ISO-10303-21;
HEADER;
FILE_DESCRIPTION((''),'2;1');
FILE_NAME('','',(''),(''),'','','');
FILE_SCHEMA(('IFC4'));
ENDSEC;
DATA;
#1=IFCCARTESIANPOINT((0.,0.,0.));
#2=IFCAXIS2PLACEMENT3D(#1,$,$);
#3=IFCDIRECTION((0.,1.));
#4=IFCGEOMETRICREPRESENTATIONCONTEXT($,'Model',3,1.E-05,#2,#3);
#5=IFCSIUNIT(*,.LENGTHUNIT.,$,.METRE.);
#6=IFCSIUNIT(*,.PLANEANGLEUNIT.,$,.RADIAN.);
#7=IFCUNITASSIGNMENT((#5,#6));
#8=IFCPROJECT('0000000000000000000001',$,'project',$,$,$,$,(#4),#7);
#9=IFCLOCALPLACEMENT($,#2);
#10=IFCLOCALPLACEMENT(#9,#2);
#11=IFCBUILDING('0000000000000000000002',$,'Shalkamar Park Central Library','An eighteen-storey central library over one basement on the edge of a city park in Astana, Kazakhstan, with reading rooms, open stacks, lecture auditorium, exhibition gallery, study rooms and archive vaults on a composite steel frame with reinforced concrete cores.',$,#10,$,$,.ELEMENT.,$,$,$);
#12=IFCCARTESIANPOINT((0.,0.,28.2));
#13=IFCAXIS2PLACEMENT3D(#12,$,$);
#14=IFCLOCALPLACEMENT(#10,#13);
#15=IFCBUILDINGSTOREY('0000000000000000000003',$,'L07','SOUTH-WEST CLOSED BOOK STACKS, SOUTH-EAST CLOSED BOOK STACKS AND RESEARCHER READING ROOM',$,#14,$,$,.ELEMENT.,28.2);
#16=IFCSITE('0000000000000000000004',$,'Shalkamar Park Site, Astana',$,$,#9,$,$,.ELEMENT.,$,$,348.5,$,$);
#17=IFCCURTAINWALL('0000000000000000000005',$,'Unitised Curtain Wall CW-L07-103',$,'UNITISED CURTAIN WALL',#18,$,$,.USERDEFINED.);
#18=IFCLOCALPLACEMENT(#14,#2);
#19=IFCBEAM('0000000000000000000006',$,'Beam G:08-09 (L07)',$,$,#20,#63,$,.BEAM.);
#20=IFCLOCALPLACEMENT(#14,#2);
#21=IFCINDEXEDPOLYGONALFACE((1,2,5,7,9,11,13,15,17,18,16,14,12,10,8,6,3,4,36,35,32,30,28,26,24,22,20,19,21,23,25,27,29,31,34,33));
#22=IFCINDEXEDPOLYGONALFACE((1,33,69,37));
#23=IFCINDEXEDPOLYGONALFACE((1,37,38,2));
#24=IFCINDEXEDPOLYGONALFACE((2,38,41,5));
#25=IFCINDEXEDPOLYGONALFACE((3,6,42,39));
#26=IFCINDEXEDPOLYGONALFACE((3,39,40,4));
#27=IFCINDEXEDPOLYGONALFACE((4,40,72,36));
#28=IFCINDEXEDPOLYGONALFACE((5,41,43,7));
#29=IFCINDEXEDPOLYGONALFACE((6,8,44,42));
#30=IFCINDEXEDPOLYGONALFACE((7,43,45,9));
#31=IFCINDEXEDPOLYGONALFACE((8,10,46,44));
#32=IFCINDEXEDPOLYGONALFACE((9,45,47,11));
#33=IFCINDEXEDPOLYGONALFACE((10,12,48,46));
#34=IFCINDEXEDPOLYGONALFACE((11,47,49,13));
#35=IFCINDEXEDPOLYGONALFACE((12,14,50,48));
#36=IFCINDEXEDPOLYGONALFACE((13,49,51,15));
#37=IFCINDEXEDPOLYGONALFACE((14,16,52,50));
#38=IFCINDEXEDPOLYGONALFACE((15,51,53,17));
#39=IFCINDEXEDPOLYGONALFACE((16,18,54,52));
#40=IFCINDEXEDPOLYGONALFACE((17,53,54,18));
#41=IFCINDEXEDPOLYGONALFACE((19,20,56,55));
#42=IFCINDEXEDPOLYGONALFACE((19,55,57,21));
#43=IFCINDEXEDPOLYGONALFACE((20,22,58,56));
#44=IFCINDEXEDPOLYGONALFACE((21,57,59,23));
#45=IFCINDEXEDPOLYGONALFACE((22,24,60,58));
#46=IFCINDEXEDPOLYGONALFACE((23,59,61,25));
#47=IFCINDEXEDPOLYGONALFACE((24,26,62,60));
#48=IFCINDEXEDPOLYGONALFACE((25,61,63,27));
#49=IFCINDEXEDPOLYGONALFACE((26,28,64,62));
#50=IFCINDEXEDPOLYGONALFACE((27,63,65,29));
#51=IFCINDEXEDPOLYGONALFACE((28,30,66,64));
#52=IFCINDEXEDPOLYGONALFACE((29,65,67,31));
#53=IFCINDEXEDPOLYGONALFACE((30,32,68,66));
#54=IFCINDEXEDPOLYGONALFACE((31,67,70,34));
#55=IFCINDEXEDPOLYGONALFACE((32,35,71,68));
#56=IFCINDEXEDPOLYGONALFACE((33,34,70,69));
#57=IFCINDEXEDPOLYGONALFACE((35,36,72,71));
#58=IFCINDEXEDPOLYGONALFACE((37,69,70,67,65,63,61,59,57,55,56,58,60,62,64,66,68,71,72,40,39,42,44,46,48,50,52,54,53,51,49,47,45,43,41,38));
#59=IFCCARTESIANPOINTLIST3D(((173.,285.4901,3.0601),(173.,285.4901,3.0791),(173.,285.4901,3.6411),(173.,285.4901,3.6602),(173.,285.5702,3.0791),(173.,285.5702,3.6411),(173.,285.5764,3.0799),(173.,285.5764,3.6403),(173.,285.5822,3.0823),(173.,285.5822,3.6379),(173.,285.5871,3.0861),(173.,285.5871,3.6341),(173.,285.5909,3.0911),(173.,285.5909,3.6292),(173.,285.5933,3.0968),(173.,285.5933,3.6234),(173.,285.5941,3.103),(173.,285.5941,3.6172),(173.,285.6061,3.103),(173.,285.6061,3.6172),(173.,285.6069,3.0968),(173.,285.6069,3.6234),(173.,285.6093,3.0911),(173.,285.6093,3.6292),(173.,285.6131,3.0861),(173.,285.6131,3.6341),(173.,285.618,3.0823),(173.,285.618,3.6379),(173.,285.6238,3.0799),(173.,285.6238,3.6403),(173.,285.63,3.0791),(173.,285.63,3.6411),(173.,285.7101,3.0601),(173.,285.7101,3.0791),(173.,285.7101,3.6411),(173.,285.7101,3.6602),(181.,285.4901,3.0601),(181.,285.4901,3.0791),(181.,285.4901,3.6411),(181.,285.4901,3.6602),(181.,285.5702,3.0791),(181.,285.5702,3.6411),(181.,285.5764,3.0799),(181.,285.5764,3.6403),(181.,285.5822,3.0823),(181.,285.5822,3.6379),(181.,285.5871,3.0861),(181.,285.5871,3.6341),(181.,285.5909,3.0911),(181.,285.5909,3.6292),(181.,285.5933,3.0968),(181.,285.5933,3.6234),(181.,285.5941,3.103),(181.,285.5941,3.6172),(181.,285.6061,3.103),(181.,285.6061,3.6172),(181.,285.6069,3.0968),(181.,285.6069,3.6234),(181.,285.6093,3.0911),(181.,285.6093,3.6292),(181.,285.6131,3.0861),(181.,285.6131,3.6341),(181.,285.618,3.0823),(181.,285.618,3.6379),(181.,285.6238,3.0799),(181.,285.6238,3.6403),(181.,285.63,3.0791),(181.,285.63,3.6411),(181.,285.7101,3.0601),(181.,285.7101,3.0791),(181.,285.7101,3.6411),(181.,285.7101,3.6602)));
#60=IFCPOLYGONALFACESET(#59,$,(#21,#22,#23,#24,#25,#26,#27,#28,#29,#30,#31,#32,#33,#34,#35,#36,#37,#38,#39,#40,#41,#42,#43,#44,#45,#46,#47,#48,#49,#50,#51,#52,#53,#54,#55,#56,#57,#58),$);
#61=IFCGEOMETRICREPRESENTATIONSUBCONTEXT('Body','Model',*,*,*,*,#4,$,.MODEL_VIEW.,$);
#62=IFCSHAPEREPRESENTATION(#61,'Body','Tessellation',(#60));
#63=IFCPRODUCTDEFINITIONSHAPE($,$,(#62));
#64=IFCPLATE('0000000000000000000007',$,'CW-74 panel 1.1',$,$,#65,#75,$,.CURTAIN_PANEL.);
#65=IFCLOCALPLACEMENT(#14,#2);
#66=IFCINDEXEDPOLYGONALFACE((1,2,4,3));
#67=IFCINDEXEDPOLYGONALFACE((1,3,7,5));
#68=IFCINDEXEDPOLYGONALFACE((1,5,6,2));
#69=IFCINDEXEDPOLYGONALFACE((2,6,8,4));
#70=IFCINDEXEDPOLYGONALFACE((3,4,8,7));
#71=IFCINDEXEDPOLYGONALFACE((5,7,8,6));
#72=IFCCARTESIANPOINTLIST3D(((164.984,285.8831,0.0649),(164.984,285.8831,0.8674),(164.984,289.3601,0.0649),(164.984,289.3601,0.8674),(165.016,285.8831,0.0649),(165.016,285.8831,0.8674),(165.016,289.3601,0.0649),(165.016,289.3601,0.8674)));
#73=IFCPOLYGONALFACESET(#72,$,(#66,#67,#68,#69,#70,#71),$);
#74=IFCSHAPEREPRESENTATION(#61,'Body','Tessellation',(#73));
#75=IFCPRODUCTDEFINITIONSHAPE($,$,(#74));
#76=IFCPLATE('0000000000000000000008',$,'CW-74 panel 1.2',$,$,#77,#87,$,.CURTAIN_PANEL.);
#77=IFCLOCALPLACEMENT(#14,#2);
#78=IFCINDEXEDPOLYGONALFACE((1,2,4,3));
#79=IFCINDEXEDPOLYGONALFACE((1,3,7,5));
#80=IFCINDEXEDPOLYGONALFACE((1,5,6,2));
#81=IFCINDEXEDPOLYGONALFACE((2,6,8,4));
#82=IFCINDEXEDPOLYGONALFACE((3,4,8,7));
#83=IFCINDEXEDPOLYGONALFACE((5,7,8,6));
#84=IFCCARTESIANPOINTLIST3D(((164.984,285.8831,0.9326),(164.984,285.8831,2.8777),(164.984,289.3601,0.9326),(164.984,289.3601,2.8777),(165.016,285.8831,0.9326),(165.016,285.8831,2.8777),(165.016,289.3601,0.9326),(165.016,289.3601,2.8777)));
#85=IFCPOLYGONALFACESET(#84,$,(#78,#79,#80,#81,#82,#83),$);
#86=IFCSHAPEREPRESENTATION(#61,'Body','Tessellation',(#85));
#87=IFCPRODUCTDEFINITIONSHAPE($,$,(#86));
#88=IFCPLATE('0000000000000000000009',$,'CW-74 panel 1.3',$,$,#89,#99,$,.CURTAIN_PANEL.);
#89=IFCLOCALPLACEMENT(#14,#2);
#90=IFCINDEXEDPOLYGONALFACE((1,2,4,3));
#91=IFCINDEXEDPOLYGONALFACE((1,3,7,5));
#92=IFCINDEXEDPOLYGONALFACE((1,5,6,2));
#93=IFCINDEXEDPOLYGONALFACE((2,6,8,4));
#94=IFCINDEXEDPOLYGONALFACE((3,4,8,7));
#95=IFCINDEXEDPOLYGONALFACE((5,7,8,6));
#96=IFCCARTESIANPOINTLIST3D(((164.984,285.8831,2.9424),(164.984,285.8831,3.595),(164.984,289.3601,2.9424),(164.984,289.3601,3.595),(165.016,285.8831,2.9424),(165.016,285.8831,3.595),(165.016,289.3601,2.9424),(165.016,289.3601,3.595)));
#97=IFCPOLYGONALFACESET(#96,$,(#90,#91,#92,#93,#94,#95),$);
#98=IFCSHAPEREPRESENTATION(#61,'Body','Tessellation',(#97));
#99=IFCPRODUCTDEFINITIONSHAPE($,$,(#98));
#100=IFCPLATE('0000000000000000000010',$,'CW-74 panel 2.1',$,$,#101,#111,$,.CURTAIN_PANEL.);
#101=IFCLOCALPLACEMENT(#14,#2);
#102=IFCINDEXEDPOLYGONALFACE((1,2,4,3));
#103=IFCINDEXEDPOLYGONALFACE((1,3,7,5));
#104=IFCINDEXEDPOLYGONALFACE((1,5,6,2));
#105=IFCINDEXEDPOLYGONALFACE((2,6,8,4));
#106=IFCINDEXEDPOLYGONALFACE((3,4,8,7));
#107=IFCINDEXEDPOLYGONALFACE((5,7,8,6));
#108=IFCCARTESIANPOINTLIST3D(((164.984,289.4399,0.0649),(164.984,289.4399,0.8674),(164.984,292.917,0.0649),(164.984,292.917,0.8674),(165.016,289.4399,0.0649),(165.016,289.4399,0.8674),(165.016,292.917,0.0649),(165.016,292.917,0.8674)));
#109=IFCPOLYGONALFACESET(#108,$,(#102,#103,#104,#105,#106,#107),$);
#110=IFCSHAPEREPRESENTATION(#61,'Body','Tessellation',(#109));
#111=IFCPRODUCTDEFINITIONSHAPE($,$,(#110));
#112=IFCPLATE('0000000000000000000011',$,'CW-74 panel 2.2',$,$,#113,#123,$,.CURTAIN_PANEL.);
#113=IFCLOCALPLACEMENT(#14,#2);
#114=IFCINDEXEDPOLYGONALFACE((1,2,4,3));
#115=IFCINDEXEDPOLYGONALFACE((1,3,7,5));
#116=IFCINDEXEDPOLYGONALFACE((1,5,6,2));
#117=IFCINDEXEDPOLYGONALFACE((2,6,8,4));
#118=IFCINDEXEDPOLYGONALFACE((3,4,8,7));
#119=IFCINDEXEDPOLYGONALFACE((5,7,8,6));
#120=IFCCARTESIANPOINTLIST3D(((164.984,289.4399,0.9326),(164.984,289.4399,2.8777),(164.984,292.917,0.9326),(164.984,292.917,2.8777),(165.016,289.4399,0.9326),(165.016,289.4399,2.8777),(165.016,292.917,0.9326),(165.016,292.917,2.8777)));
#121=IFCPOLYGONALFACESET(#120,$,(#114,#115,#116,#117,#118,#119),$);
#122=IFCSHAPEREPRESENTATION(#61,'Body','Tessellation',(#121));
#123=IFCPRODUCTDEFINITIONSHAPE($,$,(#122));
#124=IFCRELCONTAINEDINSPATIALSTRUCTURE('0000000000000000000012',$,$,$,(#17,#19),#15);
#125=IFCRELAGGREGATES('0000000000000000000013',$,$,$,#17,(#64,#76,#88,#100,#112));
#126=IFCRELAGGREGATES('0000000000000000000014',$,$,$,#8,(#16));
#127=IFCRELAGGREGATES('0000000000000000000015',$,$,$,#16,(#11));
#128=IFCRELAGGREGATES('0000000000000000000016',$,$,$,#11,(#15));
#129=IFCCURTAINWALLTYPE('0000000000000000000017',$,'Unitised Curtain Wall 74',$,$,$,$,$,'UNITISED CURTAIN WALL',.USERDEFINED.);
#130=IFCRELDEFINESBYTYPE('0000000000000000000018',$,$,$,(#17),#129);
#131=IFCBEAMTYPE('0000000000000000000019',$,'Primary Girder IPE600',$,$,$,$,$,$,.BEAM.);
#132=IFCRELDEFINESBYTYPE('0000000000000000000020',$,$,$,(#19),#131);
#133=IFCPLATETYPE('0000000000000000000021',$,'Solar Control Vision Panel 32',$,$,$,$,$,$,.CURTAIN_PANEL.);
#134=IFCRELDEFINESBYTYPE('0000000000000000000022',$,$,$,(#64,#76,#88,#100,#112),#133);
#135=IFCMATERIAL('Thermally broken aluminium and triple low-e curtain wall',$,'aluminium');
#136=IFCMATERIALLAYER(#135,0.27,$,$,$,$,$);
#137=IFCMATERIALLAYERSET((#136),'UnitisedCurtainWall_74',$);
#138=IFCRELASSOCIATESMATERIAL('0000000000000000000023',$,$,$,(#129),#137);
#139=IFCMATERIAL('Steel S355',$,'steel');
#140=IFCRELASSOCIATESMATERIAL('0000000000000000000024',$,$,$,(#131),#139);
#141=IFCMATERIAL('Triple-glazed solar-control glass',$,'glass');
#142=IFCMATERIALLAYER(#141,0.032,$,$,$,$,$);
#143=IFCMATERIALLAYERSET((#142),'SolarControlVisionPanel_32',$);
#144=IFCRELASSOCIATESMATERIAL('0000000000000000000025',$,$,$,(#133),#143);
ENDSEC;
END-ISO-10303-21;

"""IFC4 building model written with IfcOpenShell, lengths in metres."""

from ifc_helpers import new_model, si_unit, direction, frame, origin, origin_2d, place, context, subcontext, project, spatial, rectangle, i_section, extrude, material, layer, layer_set, material_profile, profile_set, type_object, element, aggregate, save


model = new_model("IFC4")

# Units and contexts
model_context = context("Model", 3, precision=1e-05, world=origin(), true_north=direction((0.0, 1.0)))
body_context = subcontext(model_context, "Body", "Model", "MODEL_VIEW")
ifc_project = project(units=[si_unit("LENGTHUNIT", "METRE"), si_unit("PLANEANGLEUNIT", "RADIAN")], contexts=[model_context])

# Site, building, storey
site_placement = place(None, origin())
site = spatial("IfcSite", under=ifc_project, at=site_placement, Name="Shalkamar Park Site, Astana", CompositionType="ELEMENT", RefElevation=348.5)
building_placement = place(site_placement, origin())
building = spatial("IfcBuilding", under=site, at=building_placement, Name="Shalkamar Park Central Library", Description="An eighteen-storey central library over one basement on the edge of a city park in Astana, Kazakhstan, with reading rooms, open stacks, lecture auditorium, exhibition gallery, study rooms and archive vaults on a composite steel frame with reinforced concrete cores.", CompositionType="ELEMENT")
storey_placement = place(building_placement, frame((0.0, 0.0, 28.2)))
storey = spatial("IfcBuildingStorey", under=building, at=storey_placement, Name="L07", Description="SOUTH-WEST CLOSED BOOK STACKS, SOUTH-EAST CLOSED BOOK STACKS AND RESEARCHER READING ROOM", CompositionType="ELEMENT", Elevation=28.2)

# Shared definitions
ifc_material_1 = material(Name="Steel S355", Category="steel")

# Curtain wall
ifc_material_2 = material(Name="Thermally broken aluminium and triple low-e curtain wall", Category="aluminium")
ifc_layer_1 = layer(ifc_material_2, 0.27)
ifc_layer_set_1 = layer_set([ifc_layer_1], Name="UnitisedCurtainWall_74")
curtain_wall_type = type_object("IfcCurtainWallType", Name="Unitised Curtain Wall 74", ElementType="UNITISED CURTAIN WALL", PredefinedType="USERDEFINED", material=ifc_layer_set_1)
curtain_wall_placement = place(storey_placement, origin())
curtain_wall = element("IfcCurtainWall", 1, at=curtain_wall_placement, inside=storey, type_object=curtain_wall_type, Name="Unitised Curtain Wall CW-L07-103", ObjectType="UNITISED CURTAIN WALL", PredefinedType="USERDEFINED")

# Beam
ifc_material_profile_1 = material_profile(ifc_material_1, i_section(OverallWidth=0.22, OverallDepth=0.6001, WebThickness=0.012, FlangeThickness=0.019, FilletRadius=0.0239, at=origin_2d()), Name="IPE 600")
ifc_profile_set_1 = profile_set([ifc_material_profile_1], Name="Steel S355")
beam_type_1 = type_object("IfcBeamType", Name="Primary Girder IPE600", PredefinedType="BEAM", material=ifc_profile_set_1)
for number, where, z_axis, x_axis, name in (
    (2, (173.0, 285.6001, 3.3601), (1.0, 0.0, 0.0), (0.0, 1.0, 0.0), "Beam G:08-09 (L07)"),
):
    element("IfcBeam", number, at=place(storey_placement, frame(where, z_axis=z_axis, x_axis=x_axis)), inside=storey, type_object=beam_type_1, Name=name, PredefinedType="BEAM", context=body_context, shape_type="SweptSolid", body=[
        extrude(i_section(OverallWidth=0.22, OverallDepth=0.6001, WebThickness=0.012, FlangeThickness=0.019, FilletRadius=0.0239, at=origin_2d()), origin(), (0.0, 0.0, 1.0), 8.0),
    ])

# Plates
ifc_material_3 = material(Name="Triple-glazed solar-control glass", Category="glass")
ifc_layer_2 = layer(ifc_material_3, 0.032)
ifc_layer_set_2 = layer_set([ifc_layer_2], Name="SolarControlVisionPanel_32")
plate_type = type_object("IfcPlateType", Name="Solar Control Vision Panel 32", PredefinedType="CURTAIN_PANEL", material=ifc_layer_set_2)
plate_1_placement = place(storey_placement, frame((165.0, 287.6216, 0.0649), z_axis=(0.0, 0.0, 1.0), x_axis=(0.0, 1.0, 0.0)))
plate_1 = element("IfcPlate", 3, at=plate_1_placement, type_object=plate_type, Name="CW-74 panel 1.1", PredefinedType="CURTAIN_PANEL", context=body_context, shape_type="SweptSolid", body=[
    extrude(rectangle(XDim=3.4771, YDim=0.032, at=origin_2d()), origin(), (0.0, 0.0, 1.0), 0.8025),
])
plate_2_placement = place(storey_placement, frame((165.0, 287.6216, 0.9326), z_axis=(0.0, 0.0, 1.0), x_axis=(0.0, 1.0, 0.0)))
plate_2 = element("IfcPlate", 4, at=plate_2_placement, type_object=plate_type, Name="CW-74 panel 1.2", PredefinedType="CURTAIN_PANEL", context=body_context, shape_type="SweptSolid", body=[
    extrude(rectangle(XDim=3.4771, YDim=0.032, at=origin_2d()), origin(), (0.0, 0.0, 1.0), 1.9451),
])
plate_3_placement = place(storey_placement, frame((165.0, 287.6216, 2.9424), z_axis=(0.0, 0.0, 1.0), x_axis=(0.0, 1.0, 0.0)))
plate_3 = element("IfcPlate", 5, at=plate_3_placement, type_object=plate_type, Name="CW-74 panel 1.3", PredefinedType="CURTAIN_PANEL", context=body_context, shape_type="SweptSolid", body=[
    extrude(rectangle(XDim=3.4771, YDim=0.032, at=origin_2d()), origin(), (0.0, 0.0, 1.0), 0.6526),
])
plate_4_placement = place(storey_placement, frame((165.0, 291.1785, 0.0649), z_axis=(0.0, 0.0, 1.0), x_axis=(0.0, 1.0, 0.0)))
plate_4 = element("IfcPlate", 6, at=plate_4_placement, type_object=plate_type, Name="CW-74 panel 2.1", PredefinedType="CURTAIN_PANEL", context=body_context, shape_type="SweptSolid", body=[
    extrude(rectangle(XDim=3.4771, YDim=0.032, at=origin_2d()), origin(), (0.0, 0.0, 1.0), 0.8025),
])
plate_5_placement = place(storey_placement, frame((165.0, 291.1785, 0.9326), z_axis=(0.0, 0.0, 1.0), x_axis=(0.0, 1.0, 0.0)))
plate_5 = element("IfcPlate", 7, at=plate_5_placement, type_object=plate_type, Name="CW-74 panel 2.2", PredefinedType="CURTAIN_PANEL", context=body_context, shape_type="SweptSolid", body=[
    extrude(rectangle(XDim=3.4771, YDim=0.032, at=origin_2d()), origin(), (0.0, 0.0, 1.0), 1.9451),
])
aggregate(curtain_wall, [plate_1, plate_2, plate_3, plate_4, plate_5])

save(model, "model.ifc")
